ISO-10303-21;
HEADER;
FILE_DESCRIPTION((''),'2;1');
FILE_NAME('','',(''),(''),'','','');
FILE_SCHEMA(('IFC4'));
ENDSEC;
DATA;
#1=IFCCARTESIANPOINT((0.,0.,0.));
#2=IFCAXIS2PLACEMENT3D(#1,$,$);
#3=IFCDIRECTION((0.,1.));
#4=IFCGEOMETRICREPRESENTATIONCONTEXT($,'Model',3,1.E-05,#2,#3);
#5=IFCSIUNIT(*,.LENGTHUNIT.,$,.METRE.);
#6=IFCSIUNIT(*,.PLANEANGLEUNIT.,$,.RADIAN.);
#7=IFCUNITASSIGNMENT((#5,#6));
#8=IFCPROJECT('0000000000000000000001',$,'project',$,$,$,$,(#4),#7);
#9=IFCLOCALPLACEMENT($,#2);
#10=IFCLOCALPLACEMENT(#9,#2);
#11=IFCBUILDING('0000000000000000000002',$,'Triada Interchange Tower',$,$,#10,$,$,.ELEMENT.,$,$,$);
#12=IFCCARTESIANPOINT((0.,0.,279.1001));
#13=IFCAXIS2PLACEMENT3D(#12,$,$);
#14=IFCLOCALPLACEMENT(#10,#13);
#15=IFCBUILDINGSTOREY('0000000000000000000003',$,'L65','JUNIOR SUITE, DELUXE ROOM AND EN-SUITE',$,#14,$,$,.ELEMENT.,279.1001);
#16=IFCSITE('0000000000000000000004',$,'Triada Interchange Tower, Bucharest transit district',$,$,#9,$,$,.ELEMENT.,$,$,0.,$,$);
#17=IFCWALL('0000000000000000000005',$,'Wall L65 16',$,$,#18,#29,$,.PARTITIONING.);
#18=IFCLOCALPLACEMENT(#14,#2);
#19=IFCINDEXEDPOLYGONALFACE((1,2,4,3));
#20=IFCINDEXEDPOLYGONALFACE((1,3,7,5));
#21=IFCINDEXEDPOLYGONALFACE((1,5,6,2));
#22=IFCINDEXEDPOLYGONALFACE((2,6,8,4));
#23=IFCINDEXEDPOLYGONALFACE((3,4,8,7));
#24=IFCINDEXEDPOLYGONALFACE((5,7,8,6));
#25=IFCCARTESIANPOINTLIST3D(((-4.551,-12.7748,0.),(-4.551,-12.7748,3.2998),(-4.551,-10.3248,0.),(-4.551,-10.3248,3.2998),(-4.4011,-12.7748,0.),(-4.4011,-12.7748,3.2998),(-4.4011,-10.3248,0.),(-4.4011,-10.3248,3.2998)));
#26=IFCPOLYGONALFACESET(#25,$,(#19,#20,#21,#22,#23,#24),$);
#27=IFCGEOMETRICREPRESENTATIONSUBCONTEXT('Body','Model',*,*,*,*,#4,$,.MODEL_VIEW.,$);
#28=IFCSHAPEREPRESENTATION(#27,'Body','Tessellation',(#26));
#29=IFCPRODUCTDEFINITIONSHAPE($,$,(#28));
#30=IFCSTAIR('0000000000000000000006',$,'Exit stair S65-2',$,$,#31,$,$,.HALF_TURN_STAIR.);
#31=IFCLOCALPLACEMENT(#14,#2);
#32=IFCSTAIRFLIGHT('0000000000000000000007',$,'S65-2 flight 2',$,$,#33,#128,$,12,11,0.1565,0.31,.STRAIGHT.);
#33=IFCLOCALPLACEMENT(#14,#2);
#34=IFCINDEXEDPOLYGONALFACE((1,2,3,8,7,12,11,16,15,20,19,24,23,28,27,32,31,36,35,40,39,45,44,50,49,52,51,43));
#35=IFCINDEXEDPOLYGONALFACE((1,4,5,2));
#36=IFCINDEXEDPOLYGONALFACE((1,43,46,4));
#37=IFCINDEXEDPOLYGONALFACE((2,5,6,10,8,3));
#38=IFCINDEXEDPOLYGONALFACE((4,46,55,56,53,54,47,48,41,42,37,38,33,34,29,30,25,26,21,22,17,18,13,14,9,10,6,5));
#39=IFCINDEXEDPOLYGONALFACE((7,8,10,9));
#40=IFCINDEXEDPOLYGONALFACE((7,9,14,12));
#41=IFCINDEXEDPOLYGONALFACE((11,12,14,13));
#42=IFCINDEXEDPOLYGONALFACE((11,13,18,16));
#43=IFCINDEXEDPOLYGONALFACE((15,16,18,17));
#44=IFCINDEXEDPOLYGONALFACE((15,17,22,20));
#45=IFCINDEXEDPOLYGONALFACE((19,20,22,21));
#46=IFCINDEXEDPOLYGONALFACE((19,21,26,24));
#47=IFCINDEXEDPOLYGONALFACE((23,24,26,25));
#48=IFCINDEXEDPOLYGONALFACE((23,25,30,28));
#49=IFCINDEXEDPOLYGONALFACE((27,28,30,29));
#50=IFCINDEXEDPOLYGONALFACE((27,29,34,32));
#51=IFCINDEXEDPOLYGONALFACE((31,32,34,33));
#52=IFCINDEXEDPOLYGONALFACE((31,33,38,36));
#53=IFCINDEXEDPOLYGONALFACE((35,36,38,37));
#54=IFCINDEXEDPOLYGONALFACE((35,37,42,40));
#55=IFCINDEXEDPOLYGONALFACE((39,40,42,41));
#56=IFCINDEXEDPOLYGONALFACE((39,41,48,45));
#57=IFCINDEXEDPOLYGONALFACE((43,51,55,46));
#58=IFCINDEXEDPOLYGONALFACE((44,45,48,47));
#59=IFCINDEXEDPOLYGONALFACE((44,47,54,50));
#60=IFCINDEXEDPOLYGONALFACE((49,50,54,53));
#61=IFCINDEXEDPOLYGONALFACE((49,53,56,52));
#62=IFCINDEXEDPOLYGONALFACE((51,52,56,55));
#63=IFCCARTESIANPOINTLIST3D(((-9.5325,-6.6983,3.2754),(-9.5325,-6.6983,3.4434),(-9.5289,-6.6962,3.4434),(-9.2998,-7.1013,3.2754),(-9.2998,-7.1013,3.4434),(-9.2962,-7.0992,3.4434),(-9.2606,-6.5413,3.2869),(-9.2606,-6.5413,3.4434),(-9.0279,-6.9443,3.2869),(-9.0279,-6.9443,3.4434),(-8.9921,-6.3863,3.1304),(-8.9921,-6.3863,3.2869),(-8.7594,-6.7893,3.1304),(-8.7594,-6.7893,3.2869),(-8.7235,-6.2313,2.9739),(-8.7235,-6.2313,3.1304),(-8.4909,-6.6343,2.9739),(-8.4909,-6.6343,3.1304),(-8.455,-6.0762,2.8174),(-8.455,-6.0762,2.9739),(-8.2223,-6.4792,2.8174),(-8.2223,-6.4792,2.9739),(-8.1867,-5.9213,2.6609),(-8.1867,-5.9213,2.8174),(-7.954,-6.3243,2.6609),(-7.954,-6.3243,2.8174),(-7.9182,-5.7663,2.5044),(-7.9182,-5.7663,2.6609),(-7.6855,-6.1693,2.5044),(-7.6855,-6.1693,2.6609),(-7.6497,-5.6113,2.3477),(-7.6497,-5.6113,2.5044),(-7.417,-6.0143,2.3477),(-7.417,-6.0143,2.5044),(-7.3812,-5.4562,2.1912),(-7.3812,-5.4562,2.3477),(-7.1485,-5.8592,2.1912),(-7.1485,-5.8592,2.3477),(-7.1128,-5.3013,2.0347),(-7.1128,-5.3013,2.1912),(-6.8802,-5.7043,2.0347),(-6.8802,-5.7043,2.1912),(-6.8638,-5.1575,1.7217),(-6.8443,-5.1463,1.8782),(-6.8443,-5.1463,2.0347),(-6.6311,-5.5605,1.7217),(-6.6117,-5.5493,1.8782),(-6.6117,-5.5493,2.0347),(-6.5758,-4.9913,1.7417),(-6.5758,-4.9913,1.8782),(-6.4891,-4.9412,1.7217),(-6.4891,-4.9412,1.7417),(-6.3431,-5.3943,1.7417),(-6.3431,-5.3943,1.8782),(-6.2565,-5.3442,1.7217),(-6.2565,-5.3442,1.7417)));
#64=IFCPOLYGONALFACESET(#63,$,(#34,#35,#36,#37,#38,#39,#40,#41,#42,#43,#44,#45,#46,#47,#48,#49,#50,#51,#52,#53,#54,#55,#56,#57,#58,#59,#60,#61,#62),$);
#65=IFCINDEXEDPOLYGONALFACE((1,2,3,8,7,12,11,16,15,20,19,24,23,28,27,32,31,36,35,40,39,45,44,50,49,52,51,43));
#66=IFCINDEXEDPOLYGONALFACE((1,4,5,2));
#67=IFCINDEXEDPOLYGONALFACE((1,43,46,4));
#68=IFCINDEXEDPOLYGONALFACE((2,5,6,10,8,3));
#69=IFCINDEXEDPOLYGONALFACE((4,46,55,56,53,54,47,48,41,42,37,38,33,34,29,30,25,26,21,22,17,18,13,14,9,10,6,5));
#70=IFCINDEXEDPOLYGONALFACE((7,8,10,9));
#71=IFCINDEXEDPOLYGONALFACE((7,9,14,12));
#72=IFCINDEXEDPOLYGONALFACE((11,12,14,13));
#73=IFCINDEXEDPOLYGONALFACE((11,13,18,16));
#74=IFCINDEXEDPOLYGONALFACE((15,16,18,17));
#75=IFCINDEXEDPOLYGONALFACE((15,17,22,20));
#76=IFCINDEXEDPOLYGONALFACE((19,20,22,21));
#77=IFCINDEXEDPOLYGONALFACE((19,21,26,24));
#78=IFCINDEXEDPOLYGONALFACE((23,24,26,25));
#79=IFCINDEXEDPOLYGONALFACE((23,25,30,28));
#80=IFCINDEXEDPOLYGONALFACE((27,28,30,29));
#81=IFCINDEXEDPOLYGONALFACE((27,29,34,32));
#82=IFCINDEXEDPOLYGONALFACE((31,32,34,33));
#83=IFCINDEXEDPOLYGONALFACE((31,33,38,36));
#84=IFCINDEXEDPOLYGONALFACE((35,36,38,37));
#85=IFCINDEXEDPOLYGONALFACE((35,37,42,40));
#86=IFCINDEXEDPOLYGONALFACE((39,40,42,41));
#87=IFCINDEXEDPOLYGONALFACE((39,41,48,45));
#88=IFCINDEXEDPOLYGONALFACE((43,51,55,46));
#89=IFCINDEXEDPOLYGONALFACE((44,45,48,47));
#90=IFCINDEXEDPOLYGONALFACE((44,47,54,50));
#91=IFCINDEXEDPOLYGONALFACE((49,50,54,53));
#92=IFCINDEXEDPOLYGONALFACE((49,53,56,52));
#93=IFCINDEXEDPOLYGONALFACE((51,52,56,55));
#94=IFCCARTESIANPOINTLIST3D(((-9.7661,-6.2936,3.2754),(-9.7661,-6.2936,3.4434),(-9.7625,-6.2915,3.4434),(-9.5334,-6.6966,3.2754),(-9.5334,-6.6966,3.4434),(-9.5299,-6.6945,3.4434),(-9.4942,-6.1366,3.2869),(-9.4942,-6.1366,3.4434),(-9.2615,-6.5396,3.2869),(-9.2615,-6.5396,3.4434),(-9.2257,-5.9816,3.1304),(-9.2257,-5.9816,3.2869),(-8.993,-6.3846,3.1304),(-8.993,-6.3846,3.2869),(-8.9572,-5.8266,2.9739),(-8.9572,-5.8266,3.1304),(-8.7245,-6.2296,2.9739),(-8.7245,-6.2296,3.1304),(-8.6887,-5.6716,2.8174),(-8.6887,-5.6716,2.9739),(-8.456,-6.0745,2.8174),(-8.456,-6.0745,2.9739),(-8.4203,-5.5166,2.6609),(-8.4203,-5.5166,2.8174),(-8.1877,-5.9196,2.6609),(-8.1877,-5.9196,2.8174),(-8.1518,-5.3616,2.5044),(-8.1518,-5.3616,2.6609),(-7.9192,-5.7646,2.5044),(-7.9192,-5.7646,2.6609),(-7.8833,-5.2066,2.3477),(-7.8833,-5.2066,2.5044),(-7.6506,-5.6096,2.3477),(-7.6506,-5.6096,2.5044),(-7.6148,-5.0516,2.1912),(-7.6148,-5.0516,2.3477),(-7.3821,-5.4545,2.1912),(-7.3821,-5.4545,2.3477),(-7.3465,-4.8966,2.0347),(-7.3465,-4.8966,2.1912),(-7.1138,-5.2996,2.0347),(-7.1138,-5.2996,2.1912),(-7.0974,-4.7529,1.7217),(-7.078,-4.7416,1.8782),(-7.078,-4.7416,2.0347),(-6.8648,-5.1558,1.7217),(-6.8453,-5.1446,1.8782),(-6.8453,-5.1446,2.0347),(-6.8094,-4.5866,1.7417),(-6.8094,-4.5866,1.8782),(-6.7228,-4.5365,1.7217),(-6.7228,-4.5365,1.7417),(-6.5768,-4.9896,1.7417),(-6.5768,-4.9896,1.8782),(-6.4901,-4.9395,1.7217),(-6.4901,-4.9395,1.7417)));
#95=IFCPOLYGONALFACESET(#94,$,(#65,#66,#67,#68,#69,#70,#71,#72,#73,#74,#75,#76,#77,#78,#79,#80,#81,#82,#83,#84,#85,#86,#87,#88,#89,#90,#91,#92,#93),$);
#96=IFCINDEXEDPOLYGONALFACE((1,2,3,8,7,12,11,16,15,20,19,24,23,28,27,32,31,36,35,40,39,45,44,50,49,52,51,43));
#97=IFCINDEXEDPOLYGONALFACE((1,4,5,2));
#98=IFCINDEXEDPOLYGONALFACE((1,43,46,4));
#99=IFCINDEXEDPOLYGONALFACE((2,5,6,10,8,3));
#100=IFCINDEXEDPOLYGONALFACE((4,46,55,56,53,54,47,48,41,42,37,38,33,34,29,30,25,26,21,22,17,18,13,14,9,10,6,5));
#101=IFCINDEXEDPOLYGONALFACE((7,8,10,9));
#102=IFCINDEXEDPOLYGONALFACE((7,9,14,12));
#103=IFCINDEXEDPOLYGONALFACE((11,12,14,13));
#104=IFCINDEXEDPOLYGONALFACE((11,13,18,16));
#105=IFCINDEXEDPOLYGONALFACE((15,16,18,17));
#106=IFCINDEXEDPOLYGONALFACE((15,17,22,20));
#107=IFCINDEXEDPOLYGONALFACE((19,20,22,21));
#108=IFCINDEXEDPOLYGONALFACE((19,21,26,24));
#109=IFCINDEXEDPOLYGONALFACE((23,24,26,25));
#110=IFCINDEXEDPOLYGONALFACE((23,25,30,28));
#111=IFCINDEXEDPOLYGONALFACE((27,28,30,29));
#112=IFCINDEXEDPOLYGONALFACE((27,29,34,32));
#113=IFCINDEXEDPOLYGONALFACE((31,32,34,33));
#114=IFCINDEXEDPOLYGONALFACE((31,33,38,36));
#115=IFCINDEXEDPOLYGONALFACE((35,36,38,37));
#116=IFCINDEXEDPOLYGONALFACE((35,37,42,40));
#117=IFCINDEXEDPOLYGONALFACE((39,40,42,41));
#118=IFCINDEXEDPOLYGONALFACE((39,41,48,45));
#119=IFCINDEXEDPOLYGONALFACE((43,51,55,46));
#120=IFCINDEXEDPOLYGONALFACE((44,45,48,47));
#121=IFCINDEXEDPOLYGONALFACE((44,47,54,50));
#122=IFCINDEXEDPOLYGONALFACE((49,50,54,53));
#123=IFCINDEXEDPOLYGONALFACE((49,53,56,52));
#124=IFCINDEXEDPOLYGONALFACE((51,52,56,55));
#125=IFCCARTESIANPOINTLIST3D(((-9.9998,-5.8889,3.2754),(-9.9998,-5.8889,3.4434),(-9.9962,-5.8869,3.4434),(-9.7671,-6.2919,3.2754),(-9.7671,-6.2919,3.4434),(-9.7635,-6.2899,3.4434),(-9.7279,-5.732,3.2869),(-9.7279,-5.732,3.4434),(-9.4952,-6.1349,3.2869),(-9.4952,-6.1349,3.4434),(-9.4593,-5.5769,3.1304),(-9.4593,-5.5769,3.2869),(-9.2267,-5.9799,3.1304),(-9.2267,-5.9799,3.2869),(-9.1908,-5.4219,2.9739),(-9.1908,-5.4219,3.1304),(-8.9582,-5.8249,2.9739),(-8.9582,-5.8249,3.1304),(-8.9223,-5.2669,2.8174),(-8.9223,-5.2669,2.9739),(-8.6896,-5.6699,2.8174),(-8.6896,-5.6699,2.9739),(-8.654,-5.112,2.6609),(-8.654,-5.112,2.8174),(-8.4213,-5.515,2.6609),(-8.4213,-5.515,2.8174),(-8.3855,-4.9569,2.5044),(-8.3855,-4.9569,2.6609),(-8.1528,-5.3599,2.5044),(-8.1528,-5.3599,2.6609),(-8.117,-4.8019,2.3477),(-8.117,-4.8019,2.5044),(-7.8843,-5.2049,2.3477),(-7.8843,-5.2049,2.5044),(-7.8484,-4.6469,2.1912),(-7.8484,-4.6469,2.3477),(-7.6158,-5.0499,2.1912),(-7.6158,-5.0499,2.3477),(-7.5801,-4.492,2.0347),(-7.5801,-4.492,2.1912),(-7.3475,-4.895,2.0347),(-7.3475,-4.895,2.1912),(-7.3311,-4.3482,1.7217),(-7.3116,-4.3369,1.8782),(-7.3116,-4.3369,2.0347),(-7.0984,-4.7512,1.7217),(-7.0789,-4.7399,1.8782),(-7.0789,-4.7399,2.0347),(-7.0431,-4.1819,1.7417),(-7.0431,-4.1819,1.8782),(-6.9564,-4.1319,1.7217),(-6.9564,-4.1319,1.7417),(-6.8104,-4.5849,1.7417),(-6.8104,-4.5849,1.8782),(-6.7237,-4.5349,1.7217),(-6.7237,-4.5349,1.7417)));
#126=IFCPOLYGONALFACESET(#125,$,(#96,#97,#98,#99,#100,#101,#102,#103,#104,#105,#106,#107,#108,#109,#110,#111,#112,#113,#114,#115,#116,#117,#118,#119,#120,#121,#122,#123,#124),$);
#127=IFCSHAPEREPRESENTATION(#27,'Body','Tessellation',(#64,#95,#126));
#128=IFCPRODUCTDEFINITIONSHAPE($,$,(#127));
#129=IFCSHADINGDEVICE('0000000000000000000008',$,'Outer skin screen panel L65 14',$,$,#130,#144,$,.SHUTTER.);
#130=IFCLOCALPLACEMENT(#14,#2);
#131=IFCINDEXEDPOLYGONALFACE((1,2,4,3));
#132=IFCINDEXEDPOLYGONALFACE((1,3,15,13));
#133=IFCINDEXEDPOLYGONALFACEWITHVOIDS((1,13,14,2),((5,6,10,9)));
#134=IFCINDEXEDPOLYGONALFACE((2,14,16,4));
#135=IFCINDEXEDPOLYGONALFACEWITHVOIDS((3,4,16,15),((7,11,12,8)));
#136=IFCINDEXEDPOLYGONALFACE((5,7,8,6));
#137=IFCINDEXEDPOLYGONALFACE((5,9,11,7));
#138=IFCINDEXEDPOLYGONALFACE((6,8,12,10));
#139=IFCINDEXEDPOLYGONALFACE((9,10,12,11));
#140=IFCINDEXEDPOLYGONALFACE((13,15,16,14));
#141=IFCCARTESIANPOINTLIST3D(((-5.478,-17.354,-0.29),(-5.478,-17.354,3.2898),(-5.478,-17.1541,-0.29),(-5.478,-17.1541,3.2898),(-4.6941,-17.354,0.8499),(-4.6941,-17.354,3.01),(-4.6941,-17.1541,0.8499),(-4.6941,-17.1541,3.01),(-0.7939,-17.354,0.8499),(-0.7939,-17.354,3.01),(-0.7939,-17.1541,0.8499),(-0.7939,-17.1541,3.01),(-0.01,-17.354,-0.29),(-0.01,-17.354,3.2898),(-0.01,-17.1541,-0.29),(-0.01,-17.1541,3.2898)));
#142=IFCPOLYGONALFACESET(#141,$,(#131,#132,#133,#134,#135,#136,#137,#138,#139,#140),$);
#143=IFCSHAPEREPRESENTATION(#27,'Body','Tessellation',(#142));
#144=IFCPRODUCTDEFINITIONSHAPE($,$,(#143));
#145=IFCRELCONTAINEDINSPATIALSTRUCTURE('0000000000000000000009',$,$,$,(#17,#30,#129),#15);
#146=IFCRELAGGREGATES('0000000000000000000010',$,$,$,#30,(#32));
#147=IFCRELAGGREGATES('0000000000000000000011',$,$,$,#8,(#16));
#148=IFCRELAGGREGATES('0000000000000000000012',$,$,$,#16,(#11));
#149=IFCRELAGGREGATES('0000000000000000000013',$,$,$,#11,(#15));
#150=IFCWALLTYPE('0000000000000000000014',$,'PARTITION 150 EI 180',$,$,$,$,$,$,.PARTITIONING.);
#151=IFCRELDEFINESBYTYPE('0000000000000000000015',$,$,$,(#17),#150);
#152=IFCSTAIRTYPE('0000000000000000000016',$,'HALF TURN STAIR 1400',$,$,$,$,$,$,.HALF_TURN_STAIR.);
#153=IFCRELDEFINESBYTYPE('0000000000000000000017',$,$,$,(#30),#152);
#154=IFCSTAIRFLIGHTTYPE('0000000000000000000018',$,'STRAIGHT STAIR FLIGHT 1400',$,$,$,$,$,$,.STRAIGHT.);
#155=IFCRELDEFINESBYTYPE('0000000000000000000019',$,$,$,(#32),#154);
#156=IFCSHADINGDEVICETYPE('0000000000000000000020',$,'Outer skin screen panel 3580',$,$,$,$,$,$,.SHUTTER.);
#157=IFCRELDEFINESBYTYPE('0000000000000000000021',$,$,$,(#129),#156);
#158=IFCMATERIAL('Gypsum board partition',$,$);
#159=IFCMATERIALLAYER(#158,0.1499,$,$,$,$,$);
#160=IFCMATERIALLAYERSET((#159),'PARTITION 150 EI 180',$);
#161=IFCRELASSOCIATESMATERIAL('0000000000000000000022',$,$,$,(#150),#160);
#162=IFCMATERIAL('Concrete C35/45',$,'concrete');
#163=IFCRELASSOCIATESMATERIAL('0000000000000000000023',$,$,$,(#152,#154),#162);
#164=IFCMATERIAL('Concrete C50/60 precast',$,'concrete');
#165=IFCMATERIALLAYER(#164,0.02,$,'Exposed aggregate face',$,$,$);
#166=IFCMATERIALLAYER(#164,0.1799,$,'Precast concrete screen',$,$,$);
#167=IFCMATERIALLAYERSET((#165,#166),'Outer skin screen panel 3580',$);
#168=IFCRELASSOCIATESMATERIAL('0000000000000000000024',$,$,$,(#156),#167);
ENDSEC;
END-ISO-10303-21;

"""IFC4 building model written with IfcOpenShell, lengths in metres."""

from ifc_helpers import new_model, si_unit, direction, frame, frame_2d, origin, place, context, subcontext, project, spatial, polyline, rectangle, outline, extrude, material, layer, layer_set, type_object, element, aggregate, save


model = new_model("IFC4")

# Units and contexts
model_context = context("Model", 3, precision=1e-05, world=origin(), true_north=direction((0.0, 1.0)))
body_context = subcontext(model_context, "Body", "Model", "MODEL_VIEW")
ifc_project = project(units=[si_unit("LENGTHUNIT", "METRE"), si_unit("PLANEANGLEUNIT", "RADIAN")], contexts=[model_context])

# Site, building, storey
site_placement = place(None, origin())
site = spatial("IfcSite", under=ifc_project, at=site_placement, Name="Triada Interchange Tower, Bucharest transit district", CompositionType="ELEMENT", RefElevation=0.0)
building_placement = place(site_placement, origin())
building = spatial("IfcBuilding", under=site, at=building_placement, Name="Triada Interchange Tower", CompositionType="ELEMENT")
storey_placement = place(building_placement, frame((0.0, 0.0, 279.1001)))
storey = spatial("IfcBuildingStorey", under=building, at=storey_placement, Name="L65", Description="JUNIOR SUITE, DELUXE ROOM AND EN-SUITE", CompositionType="ELEMENT", Elevation=279.1001)

# Wall
ifc_material_1 = material(Name="Gypsum board partition")
ifc_layer_1 = layer(ifc_material_1, 0.1499)
ifc_layer_set_1 = layer_set([ifc_layer_1], Name="PARTITION 150 EI 180")
wall_type_1 = type_object("IfcWallType", Name="PARTITION 150 EI 180", PredefinedType="PARTITIONING", material=ifc_layer_set_1)
wall_1_placement = place(storey_placement, frame((-4.4761, -12.7749, 0.0), z_axis=(0.0, 0.0, 1.0), x_axis=(0.0, 1.0, 0.0)))
element("IfcWall", 1, at=wall_1_placement, inside=storey, type_object=wall_type_1, Name="Wall L65 16", PredefinedType="PARTITIONING", context=body_context, shape_type="SweptSolid", body=[
    extrude(rectangle(XDim=2.45, YDim=0.1499, at=frame_2d((1.2251, 0.0))), origin(), (0.0, 0.0, 1.0), 3.2998),
])

# Stair, stair flight
ifc_material_2 = material(Name="Concrete C35/45", Category="concrete")
stair_type = type_object("IfcStairType", Name="HALF TURN STAIR 1400", PredefinedType="HALF_TURN_STAIR", material=ifc_material_2)
stair_placement = place(storey_placement, origin())
stair = element("IfcStair", 2, at=stair_placement, inside=storey, type_object=stair_type, Name="Exit stair S65-2", PredefinedType="HALF_TURN_STAIR")
stair_flight_type = type_object("IfcStairFlightType", Name="STRAIGHT STAIR FLIGHT 1400", PredefinedType="STRAIGHT", material=ifc_material_2)
stair_flight_placement = place(storey_placement, frame((-6.6931, -4.7881, 1.7217), z_axis=(0.0, 0.0, 1.0), x_axis=(-0.866025, -0.5, 0.0)))
stair_flight = element("IfcStairFlight", 3, at=stair_flight_placement, type_object=stair_flight_type, Name="S65-2 flight 2", NumberOfRisers=12, NumberOfTreads=11, PredefinedType="STRAIGHT", RiserHeight=0.1565, TreadLength=0.31, context=body_context, shape_type="SweptSolid", body=[
    extrude(outline(polyline([(-0.1001, 0.0), (-0.1001, 0.02), (0.0, 0.02), (0.0, 0.1565), (0.3101, 0.1565), (0.3101, 0.313), (0.6201, 0.313), (0.6201, 0.4695), (0.9299, 0.4695), (0.9299, 0.626), (1.24, 0.626), (1.24, 0.7827), (1.55, 0.7827), (1.55, 0.9392), (1.8601, 0.9392), (1.8601, 1.0957), (2.1699, 1.0957), (2.1699, 1.2522), (2.48, 1.2522), (2.48, 1.4087), (2.79, 1.4087), (2.79, 1.5652), (3.1001, 1.5652), (3.1001, 1.7217), (3.4099, 1.7217), (3.4141, 1.7217), (3.4141, 1.8782), (3.4141, 1.5537), (0.3325, 0.0), (-0.1001, 0.0)])), frame((0.0, 0.7, 0.0), z_axis=(0.0, -1.0, 0.0), x_axis=(1.0, 0.0, 0.0)), (0.0, 0.0, 1.0), 0.4653),
    extrude(outline(polyline([(-0.1001, 0.0), (-0.1001, 0.02), (0.0, 0.02), (0.0, 0.1565), (0.3101, 0.1565), (0.3101, 0.313), (0.6201, 0.313), (0.6201, 0.4695), (0.9299, 0.4695), (0.9299, 0.626), (1.24, 0.626), (1.24, 0.7827), (1.55, 0.7827), (1.55, 0.9392), (1.8601, 0.9392), (1.8601, 1.0957), (2.1699, 1.0957), (2.1699, 1.2522), (2.48, 1.2522), (2.48, 1.4087), (2.79, 1.4087), (2.79, 1.5652), (3.1001, 1.5652), (3.1001, 1.7217), (3.4099, 1.7217), (3.4141, 1.7217), (3.4141, 1.8782), (3.4141, 1.5537), (0.3325, 0.0), (-0.1001, 0.0)])), frame((0.0, 0.2327, 0.0), z_axis=(0.0, -1.0, 0.0), x_axis=(1.0, 0.0, 0.0)), (0.0, 0.0, 1.0), 0.4653),
    extrude(outline(polyline([(-0.1001, 0.0), (-0.1001, 0.02), (0.0, 0.02), (0.0, 0.1565), (0.3101, 0.1565), (0.3101, 0.313), (0.6201, 0.313), (0.6201, 0.4695), (0.9299, 0.4695), (0.9299, 0.626), (1.24, 0.626), (1.24, 0.7827), (1.55, 0.7827), (1.55, 0.9392), (1.8601, 0.9392), (1.8601, 1.0957), (2.1699, 1.0957), (2.1699, 1.2522), (2.48, 1.2522), (2.48, 1.4087), (2.79, 1.4087), (2.79, 1.5652), (3.1001, 1.5652), (3.1001, 1.7217), (3.4099, 1.7217), (3.4141, 1.7217), (3.4141, 1.8782), (3.4141, 1.5537), (0.3325, 0.0), (-0.1001, 0.0)])), frame((0.0, -0.2346, 0.0), z_axis=(0.0, -1.0, 0.0), x_axis=(1.0, 0.0, 0.0)), (0.0, 0.0, 1.0), 0.4653),
])

# Shading device
ifc_material_3 = material(Name="Concrete C50/60 precast", Category="concrete")
ifc_layer_2 = layer(ifc_material_3, 0.02, Name="Exposed aggregate face")
ifc_layer_3 = layer(ifc_material_3, 0.1799, Name="Precast concrete screen")
ifc_layer_set_2 = layer_set([ifc_layer_2, ifc_layer_3], Name="Outer skin screen panel 3580")
shading_device_type = type_object("IfcShadingDeviceType", Name="Outer skin screen panel 3580", PredefinedType="SHUTTER", material=ifc_layer_set_2)
shading_device_placement = place(storey_placement, frame((-5.478, -17.1541, -0.29), z_axis=(0.0, 0.0, 1.0), x_axis=(1.0, 0.0, 0.0)))
element("IfcShadingDevice", 4, at=shading_device_placement, inside=storey, type_object=shading_device_type, Name="Outer skin screen panel L65 14", PredefinedType="SHUTTER", context=body_context, shape_type="SweptSolid", body=[
    extrude(outline(polyline([(0.0, 0.0), (5.468, 0.0), (5.468, 3.5798), (0.0, 3.5798), (0.0, 0.0)]), holes=[polyline([(0.7839, 1.1399), (0.7839, 3.3), (4.6841, 3.3), (4.6841, 1.1399), (0.7839, 1.1399)])]), frame((0.0, 0.0, 0.0), z_axis=(0.0, -1.0, 0.0), x_axis=(1.0, 0.0, 0.0)), (0.0, 0.0, 1.0), 0.2),
])

aggregate(stair, [stair_flight])

save(model, "model.ifc")
